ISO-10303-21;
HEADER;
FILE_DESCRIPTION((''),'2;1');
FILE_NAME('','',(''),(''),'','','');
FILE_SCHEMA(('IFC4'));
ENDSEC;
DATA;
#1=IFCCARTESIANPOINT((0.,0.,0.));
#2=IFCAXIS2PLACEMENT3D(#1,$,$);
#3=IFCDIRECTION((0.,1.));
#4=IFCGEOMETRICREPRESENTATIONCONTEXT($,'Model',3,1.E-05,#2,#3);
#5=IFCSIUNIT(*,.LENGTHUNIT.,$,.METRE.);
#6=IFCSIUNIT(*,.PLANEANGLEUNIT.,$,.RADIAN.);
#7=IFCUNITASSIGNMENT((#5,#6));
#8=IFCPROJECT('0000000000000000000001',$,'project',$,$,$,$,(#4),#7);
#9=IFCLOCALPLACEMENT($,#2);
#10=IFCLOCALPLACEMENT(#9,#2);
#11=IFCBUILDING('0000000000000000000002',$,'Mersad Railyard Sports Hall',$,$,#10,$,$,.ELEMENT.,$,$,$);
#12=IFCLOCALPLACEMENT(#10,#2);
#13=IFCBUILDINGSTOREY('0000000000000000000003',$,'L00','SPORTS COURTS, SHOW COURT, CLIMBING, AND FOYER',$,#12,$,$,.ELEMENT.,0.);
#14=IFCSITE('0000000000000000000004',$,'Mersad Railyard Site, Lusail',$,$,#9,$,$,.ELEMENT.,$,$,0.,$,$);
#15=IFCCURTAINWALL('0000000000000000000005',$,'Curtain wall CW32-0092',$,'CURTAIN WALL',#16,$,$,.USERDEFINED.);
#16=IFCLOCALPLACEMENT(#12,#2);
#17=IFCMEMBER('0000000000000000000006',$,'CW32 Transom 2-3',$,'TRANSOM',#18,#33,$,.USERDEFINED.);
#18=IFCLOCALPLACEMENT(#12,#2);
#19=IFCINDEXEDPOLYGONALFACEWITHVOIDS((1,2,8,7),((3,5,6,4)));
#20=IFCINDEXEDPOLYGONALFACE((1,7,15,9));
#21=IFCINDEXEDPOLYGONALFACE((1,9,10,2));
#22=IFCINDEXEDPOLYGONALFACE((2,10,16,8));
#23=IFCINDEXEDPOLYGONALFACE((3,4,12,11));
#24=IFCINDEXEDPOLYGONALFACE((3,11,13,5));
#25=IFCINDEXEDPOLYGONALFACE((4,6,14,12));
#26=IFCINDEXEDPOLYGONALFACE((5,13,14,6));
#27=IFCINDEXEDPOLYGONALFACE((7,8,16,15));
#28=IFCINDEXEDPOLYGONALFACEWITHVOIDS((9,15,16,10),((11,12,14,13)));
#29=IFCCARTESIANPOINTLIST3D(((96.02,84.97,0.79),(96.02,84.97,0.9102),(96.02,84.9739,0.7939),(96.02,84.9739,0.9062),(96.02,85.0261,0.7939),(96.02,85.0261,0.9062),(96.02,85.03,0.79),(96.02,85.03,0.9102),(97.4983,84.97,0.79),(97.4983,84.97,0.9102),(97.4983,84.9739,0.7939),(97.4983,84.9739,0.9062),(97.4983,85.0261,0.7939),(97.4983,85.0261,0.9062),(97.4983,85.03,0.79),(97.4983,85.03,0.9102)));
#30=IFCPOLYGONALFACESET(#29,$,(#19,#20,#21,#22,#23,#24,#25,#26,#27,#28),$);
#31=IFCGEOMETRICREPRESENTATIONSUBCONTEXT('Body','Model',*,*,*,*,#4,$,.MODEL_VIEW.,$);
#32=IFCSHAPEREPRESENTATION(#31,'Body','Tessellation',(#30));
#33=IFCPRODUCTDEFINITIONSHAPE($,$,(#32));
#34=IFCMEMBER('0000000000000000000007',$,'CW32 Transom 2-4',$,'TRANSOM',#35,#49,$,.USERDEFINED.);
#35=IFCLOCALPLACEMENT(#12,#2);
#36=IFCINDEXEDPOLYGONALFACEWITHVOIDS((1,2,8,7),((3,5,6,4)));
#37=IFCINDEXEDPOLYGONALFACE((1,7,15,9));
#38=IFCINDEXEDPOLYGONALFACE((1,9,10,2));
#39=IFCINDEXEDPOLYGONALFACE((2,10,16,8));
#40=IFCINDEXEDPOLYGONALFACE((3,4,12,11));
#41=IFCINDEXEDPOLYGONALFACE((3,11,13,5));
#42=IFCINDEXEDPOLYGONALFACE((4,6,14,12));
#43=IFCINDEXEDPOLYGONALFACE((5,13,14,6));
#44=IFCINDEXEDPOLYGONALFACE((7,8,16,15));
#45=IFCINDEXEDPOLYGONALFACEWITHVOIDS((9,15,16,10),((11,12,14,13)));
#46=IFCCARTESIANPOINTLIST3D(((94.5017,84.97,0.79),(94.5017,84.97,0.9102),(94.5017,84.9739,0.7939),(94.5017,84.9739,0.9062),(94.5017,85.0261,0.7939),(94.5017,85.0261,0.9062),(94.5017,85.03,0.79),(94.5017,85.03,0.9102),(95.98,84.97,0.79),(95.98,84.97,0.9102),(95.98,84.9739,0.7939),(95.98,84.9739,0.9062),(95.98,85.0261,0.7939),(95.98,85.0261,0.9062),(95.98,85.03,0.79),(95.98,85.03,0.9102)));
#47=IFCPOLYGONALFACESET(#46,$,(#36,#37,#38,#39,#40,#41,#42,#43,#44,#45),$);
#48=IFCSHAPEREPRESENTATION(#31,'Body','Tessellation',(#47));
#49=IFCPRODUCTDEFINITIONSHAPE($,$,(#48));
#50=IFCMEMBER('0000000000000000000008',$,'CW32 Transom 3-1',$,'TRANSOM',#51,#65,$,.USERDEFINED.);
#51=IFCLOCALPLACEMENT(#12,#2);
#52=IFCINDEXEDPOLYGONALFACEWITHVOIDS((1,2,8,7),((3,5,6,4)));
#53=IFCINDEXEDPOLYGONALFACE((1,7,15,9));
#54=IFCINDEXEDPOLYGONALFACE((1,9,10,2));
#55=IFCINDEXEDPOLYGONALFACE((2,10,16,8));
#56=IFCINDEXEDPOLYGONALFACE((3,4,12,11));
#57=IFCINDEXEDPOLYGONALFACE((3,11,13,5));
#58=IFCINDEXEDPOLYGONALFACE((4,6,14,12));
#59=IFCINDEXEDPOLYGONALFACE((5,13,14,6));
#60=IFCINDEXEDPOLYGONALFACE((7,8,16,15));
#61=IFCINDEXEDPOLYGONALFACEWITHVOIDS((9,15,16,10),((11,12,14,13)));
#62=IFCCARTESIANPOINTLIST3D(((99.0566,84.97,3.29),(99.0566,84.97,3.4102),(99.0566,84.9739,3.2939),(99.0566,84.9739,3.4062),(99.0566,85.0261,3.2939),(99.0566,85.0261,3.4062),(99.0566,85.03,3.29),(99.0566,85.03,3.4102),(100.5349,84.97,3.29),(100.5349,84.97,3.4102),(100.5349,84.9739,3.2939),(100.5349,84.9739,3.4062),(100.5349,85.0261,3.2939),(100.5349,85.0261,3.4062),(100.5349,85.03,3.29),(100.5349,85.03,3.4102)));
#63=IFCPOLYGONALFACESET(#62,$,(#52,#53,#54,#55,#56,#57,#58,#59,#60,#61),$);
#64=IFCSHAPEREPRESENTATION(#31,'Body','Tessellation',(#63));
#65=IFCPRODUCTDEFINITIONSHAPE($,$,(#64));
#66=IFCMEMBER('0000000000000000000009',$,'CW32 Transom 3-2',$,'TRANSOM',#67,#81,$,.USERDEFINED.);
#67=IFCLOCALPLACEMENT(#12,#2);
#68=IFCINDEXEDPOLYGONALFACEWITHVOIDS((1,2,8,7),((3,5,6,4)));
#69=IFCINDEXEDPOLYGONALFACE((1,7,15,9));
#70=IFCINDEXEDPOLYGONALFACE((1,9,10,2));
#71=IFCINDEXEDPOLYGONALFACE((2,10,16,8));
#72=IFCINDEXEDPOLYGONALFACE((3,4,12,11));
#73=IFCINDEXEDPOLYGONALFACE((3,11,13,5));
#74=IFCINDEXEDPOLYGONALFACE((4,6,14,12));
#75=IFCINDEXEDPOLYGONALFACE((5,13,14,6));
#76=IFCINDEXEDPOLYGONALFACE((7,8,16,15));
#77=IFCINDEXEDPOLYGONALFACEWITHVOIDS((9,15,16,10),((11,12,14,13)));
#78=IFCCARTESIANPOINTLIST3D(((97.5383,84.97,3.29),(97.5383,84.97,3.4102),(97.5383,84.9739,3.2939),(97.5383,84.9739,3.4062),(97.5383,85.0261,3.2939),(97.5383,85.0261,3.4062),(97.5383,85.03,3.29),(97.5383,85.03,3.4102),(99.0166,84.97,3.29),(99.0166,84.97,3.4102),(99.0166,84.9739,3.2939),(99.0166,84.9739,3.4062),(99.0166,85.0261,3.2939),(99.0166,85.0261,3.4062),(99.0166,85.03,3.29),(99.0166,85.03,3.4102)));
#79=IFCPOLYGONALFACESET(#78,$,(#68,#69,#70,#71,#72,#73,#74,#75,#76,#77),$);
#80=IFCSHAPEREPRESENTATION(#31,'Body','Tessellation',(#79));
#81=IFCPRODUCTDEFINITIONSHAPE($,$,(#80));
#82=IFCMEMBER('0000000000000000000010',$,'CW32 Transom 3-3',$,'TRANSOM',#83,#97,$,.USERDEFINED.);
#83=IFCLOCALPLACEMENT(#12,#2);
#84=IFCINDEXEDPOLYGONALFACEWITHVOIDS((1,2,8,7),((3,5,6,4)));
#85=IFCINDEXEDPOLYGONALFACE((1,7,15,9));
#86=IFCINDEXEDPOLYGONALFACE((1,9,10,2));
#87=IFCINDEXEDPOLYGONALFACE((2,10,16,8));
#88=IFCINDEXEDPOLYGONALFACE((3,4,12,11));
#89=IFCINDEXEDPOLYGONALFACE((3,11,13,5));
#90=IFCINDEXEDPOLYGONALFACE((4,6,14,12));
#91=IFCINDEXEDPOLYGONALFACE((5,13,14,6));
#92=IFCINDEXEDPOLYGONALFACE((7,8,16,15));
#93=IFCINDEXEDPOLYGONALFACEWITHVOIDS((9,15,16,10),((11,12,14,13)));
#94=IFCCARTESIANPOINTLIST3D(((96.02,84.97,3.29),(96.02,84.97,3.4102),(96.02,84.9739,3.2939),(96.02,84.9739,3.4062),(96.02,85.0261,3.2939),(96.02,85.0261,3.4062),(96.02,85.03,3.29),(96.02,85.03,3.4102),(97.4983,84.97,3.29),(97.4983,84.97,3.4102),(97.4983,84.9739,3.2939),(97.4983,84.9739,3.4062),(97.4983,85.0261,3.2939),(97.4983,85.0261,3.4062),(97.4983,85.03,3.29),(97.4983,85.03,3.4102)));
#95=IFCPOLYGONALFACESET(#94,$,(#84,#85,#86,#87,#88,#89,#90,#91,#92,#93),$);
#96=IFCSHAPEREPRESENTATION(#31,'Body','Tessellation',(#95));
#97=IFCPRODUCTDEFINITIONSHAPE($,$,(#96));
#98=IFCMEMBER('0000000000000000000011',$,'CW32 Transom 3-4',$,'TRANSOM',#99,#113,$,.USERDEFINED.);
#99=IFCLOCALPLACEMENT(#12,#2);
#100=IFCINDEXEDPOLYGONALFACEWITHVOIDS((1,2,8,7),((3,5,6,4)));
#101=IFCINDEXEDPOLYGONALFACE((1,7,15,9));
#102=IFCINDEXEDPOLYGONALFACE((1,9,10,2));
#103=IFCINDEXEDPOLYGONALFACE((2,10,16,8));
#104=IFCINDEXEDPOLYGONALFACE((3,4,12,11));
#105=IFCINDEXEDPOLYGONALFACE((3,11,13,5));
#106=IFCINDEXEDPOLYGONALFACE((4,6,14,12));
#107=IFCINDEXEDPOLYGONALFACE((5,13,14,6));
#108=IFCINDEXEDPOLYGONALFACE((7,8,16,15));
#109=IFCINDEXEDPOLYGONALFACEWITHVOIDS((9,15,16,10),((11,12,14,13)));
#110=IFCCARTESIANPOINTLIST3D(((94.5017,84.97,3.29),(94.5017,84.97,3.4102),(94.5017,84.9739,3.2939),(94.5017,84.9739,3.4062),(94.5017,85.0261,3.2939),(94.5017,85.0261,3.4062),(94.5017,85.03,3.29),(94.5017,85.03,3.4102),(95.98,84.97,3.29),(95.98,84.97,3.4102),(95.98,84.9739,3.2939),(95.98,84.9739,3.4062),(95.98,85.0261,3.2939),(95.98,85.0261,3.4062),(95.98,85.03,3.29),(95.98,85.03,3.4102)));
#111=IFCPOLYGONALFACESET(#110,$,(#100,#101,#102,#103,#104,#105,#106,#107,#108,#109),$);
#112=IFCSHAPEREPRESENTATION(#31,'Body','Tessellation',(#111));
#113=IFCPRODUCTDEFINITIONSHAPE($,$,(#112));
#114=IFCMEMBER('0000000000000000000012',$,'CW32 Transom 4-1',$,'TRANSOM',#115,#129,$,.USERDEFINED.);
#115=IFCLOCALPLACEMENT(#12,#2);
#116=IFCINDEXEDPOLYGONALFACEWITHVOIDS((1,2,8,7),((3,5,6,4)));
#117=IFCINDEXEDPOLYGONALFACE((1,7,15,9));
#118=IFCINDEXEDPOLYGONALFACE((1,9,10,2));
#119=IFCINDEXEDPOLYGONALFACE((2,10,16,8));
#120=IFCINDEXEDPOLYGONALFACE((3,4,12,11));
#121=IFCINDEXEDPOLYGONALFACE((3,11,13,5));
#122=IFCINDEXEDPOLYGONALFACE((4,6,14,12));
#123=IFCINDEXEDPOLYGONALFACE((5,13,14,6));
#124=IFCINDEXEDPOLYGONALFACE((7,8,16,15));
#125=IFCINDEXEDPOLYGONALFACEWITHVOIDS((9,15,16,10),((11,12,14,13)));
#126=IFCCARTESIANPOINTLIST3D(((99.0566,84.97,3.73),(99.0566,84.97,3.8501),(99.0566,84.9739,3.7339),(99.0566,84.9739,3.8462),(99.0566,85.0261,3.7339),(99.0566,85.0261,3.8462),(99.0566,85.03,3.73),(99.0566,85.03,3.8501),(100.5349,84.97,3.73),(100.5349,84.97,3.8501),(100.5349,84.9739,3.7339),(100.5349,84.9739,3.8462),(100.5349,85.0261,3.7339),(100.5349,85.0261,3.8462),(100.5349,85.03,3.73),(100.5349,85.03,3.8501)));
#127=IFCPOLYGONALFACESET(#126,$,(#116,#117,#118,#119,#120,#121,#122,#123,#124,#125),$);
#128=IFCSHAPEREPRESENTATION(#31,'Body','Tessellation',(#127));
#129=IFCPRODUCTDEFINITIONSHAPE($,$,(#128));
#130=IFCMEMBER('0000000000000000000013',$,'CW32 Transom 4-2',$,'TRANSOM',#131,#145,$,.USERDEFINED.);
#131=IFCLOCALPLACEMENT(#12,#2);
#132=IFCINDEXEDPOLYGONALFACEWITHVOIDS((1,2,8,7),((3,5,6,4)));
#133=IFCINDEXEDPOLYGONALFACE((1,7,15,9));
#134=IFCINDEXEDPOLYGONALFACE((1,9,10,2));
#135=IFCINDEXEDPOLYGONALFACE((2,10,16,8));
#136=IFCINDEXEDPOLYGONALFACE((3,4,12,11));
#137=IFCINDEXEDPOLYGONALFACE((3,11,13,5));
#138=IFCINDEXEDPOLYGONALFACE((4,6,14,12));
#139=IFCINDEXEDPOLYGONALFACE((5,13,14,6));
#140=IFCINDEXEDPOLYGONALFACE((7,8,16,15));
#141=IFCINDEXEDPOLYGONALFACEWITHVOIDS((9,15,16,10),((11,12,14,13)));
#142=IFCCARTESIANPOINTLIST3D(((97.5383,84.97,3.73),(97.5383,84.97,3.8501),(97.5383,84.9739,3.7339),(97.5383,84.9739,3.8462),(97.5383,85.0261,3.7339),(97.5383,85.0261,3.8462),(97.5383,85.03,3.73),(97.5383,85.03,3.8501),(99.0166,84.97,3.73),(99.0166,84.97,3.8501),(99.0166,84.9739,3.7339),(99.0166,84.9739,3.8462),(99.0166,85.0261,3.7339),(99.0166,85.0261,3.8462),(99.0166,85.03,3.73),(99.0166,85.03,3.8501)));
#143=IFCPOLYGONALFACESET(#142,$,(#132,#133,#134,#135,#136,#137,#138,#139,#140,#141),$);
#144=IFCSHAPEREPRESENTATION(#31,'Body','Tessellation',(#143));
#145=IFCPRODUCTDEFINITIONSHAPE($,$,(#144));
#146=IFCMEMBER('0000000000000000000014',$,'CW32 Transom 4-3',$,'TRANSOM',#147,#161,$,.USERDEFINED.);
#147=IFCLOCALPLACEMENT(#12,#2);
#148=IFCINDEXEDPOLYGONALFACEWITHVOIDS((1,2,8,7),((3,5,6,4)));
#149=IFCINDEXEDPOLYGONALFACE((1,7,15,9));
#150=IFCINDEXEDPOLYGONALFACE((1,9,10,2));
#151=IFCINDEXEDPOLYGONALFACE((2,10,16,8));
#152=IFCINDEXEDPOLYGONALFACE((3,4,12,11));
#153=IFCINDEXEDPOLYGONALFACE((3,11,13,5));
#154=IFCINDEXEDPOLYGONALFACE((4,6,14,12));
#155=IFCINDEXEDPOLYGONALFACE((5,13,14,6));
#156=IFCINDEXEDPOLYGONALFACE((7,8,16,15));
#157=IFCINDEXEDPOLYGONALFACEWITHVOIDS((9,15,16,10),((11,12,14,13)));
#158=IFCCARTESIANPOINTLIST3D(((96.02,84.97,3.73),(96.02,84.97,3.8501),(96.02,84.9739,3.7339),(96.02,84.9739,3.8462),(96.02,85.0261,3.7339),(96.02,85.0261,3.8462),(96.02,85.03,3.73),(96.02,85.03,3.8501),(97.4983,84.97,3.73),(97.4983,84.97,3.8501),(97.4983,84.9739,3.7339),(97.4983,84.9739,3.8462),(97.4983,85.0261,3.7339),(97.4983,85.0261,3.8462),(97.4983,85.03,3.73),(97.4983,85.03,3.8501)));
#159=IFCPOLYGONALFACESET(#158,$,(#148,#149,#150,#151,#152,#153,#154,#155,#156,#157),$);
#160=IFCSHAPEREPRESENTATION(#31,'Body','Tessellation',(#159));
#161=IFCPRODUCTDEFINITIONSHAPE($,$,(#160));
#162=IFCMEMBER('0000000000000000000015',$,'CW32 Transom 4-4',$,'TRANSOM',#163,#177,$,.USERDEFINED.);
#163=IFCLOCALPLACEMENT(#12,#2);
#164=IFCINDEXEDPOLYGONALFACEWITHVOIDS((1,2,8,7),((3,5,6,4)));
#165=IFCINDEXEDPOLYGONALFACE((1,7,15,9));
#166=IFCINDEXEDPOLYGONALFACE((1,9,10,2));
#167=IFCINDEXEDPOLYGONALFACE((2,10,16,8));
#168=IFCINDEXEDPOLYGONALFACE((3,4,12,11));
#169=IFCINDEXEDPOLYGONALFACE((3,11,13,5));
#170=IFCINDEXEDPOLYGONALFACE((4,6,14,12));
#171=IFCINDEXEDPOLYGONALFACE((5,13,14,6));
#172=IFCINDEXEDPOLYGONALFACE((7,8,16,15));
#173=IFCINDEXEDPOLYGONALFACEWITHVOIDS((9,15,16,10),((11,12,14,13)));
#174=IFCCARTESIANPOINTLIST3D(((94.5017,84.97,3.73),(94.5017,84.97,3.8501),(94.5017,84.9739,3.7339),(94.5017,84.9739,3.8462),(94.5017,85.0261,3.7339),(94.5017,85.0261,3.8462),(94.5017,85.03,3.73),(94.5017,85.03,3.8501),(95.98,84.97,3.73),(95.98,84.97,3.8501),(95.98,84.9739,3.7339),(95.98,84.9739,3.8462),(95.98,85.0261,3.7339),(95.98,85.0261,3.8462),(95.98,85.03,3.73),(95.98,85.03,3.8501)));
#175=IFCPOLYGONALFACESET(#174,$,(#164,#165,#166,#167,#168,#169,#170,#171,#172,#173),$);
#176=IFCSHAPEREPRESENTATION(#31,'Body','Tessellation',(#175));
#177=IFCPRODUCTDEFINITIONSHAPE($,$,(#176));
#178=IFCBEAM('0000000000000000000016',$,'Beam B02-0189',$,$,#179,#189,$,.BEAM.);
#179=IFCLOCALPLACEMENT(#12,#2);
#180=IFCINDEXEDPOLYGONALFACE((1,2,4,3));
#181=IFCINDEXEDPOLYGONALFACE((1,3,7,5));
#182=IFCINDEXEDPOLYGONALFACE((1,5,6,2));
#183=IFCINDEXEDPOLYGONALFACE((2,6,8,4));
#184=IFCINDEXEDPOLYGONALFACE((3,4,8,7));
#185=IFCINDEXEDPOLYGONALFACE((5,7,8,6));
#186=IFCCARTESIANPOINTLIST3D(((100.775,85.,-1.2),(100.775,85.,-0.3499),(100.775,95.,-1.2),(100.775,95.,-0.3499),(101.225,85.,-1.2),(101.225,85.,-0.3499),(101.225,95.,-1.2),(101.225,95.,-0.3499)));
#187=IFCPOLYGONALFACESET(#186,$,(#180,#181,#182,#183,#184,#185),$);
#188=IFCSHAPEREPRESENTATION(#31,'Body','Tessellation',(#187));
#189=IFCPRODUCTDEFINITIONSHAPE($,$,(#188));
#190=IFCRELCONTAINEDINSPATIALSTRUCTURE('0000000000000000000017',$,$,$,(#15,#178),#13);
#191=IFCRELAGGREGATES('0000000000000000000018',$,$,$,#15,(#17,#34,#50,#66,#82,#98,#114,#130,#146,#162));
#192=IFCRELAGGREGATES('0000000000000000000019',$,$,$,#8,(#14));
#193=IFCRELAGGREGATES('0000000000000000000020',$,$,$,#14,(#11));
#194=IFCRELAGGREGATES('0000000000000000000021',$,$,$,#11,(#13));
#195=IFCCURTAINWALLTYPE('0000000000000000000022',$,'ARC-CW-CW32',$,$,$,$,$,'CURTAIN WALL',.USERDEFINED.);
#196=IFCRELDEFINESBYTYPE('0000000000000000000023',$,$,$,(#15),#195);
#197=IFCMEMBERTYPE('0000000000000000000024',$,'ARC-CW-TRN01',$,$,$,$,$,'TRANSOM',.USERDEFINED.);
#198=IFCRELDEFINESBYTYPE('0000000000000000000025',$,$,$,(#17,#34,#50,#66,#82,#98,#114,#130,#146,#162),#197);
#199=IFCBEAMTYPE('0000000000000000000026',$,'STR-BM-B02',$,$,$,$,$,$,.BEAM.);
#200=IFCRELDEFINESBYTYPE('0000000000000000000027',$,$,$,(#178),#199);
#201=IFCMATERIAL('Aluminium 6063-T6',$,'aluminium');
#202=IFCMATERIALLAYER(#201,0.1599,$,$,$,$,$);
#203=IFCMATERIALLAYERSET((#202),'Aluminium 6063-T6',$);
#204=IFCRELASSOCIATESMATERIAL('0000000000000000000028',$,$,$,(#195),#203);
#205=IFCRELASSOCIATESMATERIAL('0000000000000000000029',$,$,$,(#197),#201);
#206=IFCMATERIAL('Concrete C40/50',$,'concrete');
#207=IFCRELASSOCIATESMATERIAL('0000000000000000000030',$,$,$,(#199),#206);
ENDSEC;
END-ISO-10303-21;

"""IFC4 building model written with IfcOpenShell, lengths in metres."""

from ifc_helpers import new_model, si_unit, direction, frame, origin, origin_2d, place, context, subcontext, project, spatial, rectangle, hollow_rectangle, extrude, material, layer, layer_set, material_profile, profile_set, type_object, element, aggregate, save


model = new_model("IFC4")

# Units and contexts
model_context = context("Model", 3, precision=1e-05, world=origin(), true_north=direction((0.0, 1.0)))
body_context = subcontext(model_context, "Body", "Model", "MODEL_VIEW")
ifc_project = project(units=[si_unit("LENGTHUNIT", "METRE"), si_unit("PLANEANGLEUNIT", "RADIAN")], contexts=[model_context])

# Site, building, storey
site_placement = place(None, origin())
site = spatial("IfcSite", under=ifc_project, at=site_placement, Name="Mersad Railyard Site, Lusail", CompositionType="ELEMENT", RefElevation=0.0)
building_placement = place(site_placement, origin())
building = spatial("IfcBuilding", under=site, at=building_placement, Name="Mersad Railyard Sports Hall", CompositionType="ELEMENT")
storey_placement = place(building_placement, origin())
storey = spatial("IfcBuildingStorey", under=building, at=storey_placement, Name="L00", Description="SPORTS COURTS, SHOW COURT, CLIMBING, AND FOYER", CompositionType="ELEMENT", Elevation=0.0)

# Curtain wall, members
ifc_material_1 = material(Name="Aluminium 6063-T6", Category="aluminium")
ifc_layer_1 = layer(ifc_material_1, 0.1599)
ifc_layer_set_1 = layer_set([ifc_layer_1], Name="Aluminium 6063-T6")
curtain_wall_type = type_object("IfcCurtainWallType", Name="ARC-CW-CW32", ElementType="CURTAIN WALL", PredefinedType="USERDEFINED", material=ifc_layer_set_1)
curtain_wall_placement = place(storey_placement, origin())
curtain_wall = element("IfcCurtainWall", 1, at=curtain_wall_placement, inside=storey, type_object=curtain_wall_type, Name="Curtain wall CW32-0092", ObjectType="CURTAIN WALL", PredefinedType="USERDEFINED")
ifc_material_profile_1 = material_profile(ifc_material_1, hollow_rectangle(XDim=0.0601, YDim=0.1201, WallThickness=0.0039, at=origin_2d()), Name="AL TRANSOM 60x120x4")
ifc_profile_set_1 = profile_set([ifc_material_profile_1], Name="Aluminium 6063-T6")
member_type_1 = type_object("IfcMemberType", Name="ARC-CW-TRN01", ElementType="TRANSOM", PredefinedType="USERDEFINED", material=ifc_profile_set_1)
member_1_placement = place(storey_placement, frame((97.4983, 85.0, 0.8501), z_axis=(-1.0, 0.0, 0.0), x_axis=(0.0, -1.0, 0.0)))
member_1 = element("IfcMember", 2, at=member_1_placement, type_object=member_type_1, Name="CW32 Transom 2-3", ObjectType="TRANSOM", PredefinedType="USERDEFINED", context=body_context, shape_type="SweptSolid", body=[
    extrude(hollow_rectangle(XDim=0.0601, YDim=0.1201, WallThickness=0.0039, at=origin_2d()), origin(), (0.0, 0.0, 1.0), 1.4783),
])
member_2_placement = place(storey_placement, frame((95.98, 85.0, 0.8501), z_axis=(-1.0, 0.0, 0.0), x_axis=(0.0, -1.0, 0.0)))
member_2 = element("IfcMember", 3, at=member_2_placement, type_object=member_type_1, Name="CW32 Transom 2-4", ObjectType="TRANSOM", PredefinedType="USERDEFINED", context=body_context, shape_type="SweptSolid", body=[
    extrude(hollow_rectangle(XDim=0.0601, YDim=0.1201, WallThickness=0.0039, at=origin_2d()), origin(), (0.0, 0.0, 1.0), 1.4783),
])
member_3_placement = place(storey_placement, frame((100.5349, 85.0, 3.3501), z_axis=(-1.0, 0.0, 0.0), x_axis=(0.0, -1.0, 0.0)))
member_3 = element("IfcMember", 4, at=member_3_placement, type_object=member_type_1, Name="CW32 Transom 3-1", ObjectType="TRANSOM", PredefinedType="USERDEFINED", context=body_context, shape_type="SweptSolid", body=[
    extrude(hollow_rectangle(XDim=0.0601, YDim=0.1201, WallThickness=0.0039, at=origin_2d()), origin(), (0.0, 0.0, 1.0), 1.4783),
])
member_4_placement = place(storey_placement, frame((99.0166, 85.0, 3.3501), z_axis=(-1.0, 0.0, 0.0), x_axis=(0.0, -1.0, 0.0)))
member_4 = element("IfcMember", 5, at=member_4_placement, type_object=member_type_1, Name="CW32 Transom 3-2", ObjectType="TRANSOM", PredefinedType="USERDEFINED", context=body_context, shape_type="SweptSolid", body=[
    extrude(hollow_rectangle(XDim=0.0601, YDim=0.1201, WallThickness=0.0039, at=origin_2d()), origin(), (0.0, 0.0, 1.0), 1.4783),
])
member_5_placement = place(storey_placement, frame((97.4983, 85.0, 3.3501), z_axis=(-1.0, 0.0, 0.0), x_axis=(0.0, -1.0, 0.0)))
member_5 = element("IfcMember", 6, at=member_5_placement, type_object=member_type_1, Name="CW32 Transom 3-3", ObjectType="TRANSOM", PredefinedType="USERDEFINED", context=body_context, shape_type="SweptSolid", body=[
    extrude(hollow_rectangle(XDim=0.0601, YDim=0.1201, WallThickness=0.0039, at=origin_2d()), origin(), (0.0, 0.0, 1.0), 1.4783),
])
member_6_placement = place(storey_placement, frame((95.98, 85.0, 3.3501), z_axis=(-1.0, 0.0, 0.0), x_axis=(0.0, -1.0, 0.0)))
member_6 = element("IfcMember", 7, at=member_6_placement, type_object=member_type_1, Name="CW32 Transom 3-4", ObjectType="TRANSOM", PredefinedType="USERDEFINED", context=body_context, shape_type="SweptSolid", body=[
    extrude(hollow_rectangle(XDim=0.0601, YDim=0.1201, WallThickness=0.0039, at=origin_2d()), origin(), (0.0, 0.0, 1.0), 1.4783),
])
member_7_placement = place(storey_placement, frame((100.5349, 85.0, 3.79), z_axis=(-1.0, 0.0, 0.0), x_axis=(0.0, -1.0, 0.0)))
member_7 = element("IfcMember", 8, at=member_7_placement, type_object=member_type_1, Name="CW32 Transom 4-1", ObjectType="TRANSOM", PredefinedType="USERDEFINED", context=body_context, shape_type="SweptSolid", body=[
    extrude(hollow_rectangle(XDim=0.0601, YDim=0.1201, WallThickness=0.0039, at=origin_2d()), origin(), (0.0, 0.0, 1.0), 1.4783),
])
member_8_placement = place(storey_placement, frame((99.0166, 85.0, 3.79), z_axis=(-1.0, 0.0, 0.0), x_axis=(0.0, -1.0, 0.0)))
member_8 = element("IfcMember", 9, at=member_8_placement, type_object=member_type_1, Name="CW32 Transom 4-2", ObjectType="TRANSOM", PredefinedType="USERDEFINED", context=body_context, shape_type="SweptSolid", body=[
    extrude(hollow_rectangle(XDim=0.0601, YDim=0.1201, WallThickness=0.0039, at=origin_2d()), origin(), (0.0, 0.0, 1.0), 1.4783),
])
member_9_placement = place(storey_placement, frame((97.4983, 85.0, 3.79), z_axis=(-1.0, 0.0, 0.0), x_axis=(0.0, -1.0, 0.0)))
member_9 = element("IfcMember", 10, at=member_9_placement, type_object=member_type_1, Name="CW32 Transom 4-3", ObjectType="TRANSOM", PredefinedType="USERDEFINED", context=body_context, shape_type="SweptSolid", body=[
    extrude(hollow_rectangle(XDim=0.0601, YDim=0.1201, WallThickness=0.0039, at=origin_2d()), origin(), (0.0, 0.0, 1.0), 1.4783),
])
member_10_placement = place(storey_placement, frame((95.98, 85.0, 3.79), z_axis=(-1.0, 0.0, 0.0), x_axis=(0.0, -1.0, 0.0)))
member_10 = element("IfcMember", 11, at=member_10_placement, type_object=member_type_1, Name="CW32 Transom 4-4", ObjectType="TRANSOM", PredefinedType="USERDEFINED", context=body_context, shape_type="SweptSolid", body=[
    extrude(hollow_rectangle(XDim=0.0601, YDim=0.1201, WallThickness=0.0039, at=origin_2d()), origin(), (0.0, 0.0, 1.0), 1.4783),
])

# Beam
ifc_material_2 = material(Name="Concrete C40/50", Category="concrete")
ifc_material_profile_2 = material_profile(ifc_material_2, rectangle(XDim=0.45, YDim=0.8501, at=origin_2d()), Name="RC 450x850")
ifc_profile_set_2 = profile_set([ifc_material_profile_2], Name="Concrete C40/50")
beam_type_1 = type_object("IfcBeamType", Name="STR-BM-B02", PredefinedType="BEAM", material=ifc_profile_set_2)
beam_1_placement = place(storey_placement, frame((101.0, 85.0, -0.7749), z_axis=(0.0, 1.0, 0.0), x_axis=(-1.0, 0.0, 0.0)))
element("IfcBeam", 12, at=beam_1_placement, inside=storey, type_object=beam_type_1, Name="Beam B02-0189", PredefinedType="BEAM", context=body_context, shape_type="SweptSolid", body=[
    extrude(rectangle(XDim=0.45, YDim=0.8501, at=origin_2d()), origin(), (0.0, 0.0, 1.0), 10.0),
])

aggregate(curtain_wall, [member_1, member_2, member_3, member_4, member_5, member_6, member_7, member_8, member_9, member_10])

save(model, "model.ifc")
